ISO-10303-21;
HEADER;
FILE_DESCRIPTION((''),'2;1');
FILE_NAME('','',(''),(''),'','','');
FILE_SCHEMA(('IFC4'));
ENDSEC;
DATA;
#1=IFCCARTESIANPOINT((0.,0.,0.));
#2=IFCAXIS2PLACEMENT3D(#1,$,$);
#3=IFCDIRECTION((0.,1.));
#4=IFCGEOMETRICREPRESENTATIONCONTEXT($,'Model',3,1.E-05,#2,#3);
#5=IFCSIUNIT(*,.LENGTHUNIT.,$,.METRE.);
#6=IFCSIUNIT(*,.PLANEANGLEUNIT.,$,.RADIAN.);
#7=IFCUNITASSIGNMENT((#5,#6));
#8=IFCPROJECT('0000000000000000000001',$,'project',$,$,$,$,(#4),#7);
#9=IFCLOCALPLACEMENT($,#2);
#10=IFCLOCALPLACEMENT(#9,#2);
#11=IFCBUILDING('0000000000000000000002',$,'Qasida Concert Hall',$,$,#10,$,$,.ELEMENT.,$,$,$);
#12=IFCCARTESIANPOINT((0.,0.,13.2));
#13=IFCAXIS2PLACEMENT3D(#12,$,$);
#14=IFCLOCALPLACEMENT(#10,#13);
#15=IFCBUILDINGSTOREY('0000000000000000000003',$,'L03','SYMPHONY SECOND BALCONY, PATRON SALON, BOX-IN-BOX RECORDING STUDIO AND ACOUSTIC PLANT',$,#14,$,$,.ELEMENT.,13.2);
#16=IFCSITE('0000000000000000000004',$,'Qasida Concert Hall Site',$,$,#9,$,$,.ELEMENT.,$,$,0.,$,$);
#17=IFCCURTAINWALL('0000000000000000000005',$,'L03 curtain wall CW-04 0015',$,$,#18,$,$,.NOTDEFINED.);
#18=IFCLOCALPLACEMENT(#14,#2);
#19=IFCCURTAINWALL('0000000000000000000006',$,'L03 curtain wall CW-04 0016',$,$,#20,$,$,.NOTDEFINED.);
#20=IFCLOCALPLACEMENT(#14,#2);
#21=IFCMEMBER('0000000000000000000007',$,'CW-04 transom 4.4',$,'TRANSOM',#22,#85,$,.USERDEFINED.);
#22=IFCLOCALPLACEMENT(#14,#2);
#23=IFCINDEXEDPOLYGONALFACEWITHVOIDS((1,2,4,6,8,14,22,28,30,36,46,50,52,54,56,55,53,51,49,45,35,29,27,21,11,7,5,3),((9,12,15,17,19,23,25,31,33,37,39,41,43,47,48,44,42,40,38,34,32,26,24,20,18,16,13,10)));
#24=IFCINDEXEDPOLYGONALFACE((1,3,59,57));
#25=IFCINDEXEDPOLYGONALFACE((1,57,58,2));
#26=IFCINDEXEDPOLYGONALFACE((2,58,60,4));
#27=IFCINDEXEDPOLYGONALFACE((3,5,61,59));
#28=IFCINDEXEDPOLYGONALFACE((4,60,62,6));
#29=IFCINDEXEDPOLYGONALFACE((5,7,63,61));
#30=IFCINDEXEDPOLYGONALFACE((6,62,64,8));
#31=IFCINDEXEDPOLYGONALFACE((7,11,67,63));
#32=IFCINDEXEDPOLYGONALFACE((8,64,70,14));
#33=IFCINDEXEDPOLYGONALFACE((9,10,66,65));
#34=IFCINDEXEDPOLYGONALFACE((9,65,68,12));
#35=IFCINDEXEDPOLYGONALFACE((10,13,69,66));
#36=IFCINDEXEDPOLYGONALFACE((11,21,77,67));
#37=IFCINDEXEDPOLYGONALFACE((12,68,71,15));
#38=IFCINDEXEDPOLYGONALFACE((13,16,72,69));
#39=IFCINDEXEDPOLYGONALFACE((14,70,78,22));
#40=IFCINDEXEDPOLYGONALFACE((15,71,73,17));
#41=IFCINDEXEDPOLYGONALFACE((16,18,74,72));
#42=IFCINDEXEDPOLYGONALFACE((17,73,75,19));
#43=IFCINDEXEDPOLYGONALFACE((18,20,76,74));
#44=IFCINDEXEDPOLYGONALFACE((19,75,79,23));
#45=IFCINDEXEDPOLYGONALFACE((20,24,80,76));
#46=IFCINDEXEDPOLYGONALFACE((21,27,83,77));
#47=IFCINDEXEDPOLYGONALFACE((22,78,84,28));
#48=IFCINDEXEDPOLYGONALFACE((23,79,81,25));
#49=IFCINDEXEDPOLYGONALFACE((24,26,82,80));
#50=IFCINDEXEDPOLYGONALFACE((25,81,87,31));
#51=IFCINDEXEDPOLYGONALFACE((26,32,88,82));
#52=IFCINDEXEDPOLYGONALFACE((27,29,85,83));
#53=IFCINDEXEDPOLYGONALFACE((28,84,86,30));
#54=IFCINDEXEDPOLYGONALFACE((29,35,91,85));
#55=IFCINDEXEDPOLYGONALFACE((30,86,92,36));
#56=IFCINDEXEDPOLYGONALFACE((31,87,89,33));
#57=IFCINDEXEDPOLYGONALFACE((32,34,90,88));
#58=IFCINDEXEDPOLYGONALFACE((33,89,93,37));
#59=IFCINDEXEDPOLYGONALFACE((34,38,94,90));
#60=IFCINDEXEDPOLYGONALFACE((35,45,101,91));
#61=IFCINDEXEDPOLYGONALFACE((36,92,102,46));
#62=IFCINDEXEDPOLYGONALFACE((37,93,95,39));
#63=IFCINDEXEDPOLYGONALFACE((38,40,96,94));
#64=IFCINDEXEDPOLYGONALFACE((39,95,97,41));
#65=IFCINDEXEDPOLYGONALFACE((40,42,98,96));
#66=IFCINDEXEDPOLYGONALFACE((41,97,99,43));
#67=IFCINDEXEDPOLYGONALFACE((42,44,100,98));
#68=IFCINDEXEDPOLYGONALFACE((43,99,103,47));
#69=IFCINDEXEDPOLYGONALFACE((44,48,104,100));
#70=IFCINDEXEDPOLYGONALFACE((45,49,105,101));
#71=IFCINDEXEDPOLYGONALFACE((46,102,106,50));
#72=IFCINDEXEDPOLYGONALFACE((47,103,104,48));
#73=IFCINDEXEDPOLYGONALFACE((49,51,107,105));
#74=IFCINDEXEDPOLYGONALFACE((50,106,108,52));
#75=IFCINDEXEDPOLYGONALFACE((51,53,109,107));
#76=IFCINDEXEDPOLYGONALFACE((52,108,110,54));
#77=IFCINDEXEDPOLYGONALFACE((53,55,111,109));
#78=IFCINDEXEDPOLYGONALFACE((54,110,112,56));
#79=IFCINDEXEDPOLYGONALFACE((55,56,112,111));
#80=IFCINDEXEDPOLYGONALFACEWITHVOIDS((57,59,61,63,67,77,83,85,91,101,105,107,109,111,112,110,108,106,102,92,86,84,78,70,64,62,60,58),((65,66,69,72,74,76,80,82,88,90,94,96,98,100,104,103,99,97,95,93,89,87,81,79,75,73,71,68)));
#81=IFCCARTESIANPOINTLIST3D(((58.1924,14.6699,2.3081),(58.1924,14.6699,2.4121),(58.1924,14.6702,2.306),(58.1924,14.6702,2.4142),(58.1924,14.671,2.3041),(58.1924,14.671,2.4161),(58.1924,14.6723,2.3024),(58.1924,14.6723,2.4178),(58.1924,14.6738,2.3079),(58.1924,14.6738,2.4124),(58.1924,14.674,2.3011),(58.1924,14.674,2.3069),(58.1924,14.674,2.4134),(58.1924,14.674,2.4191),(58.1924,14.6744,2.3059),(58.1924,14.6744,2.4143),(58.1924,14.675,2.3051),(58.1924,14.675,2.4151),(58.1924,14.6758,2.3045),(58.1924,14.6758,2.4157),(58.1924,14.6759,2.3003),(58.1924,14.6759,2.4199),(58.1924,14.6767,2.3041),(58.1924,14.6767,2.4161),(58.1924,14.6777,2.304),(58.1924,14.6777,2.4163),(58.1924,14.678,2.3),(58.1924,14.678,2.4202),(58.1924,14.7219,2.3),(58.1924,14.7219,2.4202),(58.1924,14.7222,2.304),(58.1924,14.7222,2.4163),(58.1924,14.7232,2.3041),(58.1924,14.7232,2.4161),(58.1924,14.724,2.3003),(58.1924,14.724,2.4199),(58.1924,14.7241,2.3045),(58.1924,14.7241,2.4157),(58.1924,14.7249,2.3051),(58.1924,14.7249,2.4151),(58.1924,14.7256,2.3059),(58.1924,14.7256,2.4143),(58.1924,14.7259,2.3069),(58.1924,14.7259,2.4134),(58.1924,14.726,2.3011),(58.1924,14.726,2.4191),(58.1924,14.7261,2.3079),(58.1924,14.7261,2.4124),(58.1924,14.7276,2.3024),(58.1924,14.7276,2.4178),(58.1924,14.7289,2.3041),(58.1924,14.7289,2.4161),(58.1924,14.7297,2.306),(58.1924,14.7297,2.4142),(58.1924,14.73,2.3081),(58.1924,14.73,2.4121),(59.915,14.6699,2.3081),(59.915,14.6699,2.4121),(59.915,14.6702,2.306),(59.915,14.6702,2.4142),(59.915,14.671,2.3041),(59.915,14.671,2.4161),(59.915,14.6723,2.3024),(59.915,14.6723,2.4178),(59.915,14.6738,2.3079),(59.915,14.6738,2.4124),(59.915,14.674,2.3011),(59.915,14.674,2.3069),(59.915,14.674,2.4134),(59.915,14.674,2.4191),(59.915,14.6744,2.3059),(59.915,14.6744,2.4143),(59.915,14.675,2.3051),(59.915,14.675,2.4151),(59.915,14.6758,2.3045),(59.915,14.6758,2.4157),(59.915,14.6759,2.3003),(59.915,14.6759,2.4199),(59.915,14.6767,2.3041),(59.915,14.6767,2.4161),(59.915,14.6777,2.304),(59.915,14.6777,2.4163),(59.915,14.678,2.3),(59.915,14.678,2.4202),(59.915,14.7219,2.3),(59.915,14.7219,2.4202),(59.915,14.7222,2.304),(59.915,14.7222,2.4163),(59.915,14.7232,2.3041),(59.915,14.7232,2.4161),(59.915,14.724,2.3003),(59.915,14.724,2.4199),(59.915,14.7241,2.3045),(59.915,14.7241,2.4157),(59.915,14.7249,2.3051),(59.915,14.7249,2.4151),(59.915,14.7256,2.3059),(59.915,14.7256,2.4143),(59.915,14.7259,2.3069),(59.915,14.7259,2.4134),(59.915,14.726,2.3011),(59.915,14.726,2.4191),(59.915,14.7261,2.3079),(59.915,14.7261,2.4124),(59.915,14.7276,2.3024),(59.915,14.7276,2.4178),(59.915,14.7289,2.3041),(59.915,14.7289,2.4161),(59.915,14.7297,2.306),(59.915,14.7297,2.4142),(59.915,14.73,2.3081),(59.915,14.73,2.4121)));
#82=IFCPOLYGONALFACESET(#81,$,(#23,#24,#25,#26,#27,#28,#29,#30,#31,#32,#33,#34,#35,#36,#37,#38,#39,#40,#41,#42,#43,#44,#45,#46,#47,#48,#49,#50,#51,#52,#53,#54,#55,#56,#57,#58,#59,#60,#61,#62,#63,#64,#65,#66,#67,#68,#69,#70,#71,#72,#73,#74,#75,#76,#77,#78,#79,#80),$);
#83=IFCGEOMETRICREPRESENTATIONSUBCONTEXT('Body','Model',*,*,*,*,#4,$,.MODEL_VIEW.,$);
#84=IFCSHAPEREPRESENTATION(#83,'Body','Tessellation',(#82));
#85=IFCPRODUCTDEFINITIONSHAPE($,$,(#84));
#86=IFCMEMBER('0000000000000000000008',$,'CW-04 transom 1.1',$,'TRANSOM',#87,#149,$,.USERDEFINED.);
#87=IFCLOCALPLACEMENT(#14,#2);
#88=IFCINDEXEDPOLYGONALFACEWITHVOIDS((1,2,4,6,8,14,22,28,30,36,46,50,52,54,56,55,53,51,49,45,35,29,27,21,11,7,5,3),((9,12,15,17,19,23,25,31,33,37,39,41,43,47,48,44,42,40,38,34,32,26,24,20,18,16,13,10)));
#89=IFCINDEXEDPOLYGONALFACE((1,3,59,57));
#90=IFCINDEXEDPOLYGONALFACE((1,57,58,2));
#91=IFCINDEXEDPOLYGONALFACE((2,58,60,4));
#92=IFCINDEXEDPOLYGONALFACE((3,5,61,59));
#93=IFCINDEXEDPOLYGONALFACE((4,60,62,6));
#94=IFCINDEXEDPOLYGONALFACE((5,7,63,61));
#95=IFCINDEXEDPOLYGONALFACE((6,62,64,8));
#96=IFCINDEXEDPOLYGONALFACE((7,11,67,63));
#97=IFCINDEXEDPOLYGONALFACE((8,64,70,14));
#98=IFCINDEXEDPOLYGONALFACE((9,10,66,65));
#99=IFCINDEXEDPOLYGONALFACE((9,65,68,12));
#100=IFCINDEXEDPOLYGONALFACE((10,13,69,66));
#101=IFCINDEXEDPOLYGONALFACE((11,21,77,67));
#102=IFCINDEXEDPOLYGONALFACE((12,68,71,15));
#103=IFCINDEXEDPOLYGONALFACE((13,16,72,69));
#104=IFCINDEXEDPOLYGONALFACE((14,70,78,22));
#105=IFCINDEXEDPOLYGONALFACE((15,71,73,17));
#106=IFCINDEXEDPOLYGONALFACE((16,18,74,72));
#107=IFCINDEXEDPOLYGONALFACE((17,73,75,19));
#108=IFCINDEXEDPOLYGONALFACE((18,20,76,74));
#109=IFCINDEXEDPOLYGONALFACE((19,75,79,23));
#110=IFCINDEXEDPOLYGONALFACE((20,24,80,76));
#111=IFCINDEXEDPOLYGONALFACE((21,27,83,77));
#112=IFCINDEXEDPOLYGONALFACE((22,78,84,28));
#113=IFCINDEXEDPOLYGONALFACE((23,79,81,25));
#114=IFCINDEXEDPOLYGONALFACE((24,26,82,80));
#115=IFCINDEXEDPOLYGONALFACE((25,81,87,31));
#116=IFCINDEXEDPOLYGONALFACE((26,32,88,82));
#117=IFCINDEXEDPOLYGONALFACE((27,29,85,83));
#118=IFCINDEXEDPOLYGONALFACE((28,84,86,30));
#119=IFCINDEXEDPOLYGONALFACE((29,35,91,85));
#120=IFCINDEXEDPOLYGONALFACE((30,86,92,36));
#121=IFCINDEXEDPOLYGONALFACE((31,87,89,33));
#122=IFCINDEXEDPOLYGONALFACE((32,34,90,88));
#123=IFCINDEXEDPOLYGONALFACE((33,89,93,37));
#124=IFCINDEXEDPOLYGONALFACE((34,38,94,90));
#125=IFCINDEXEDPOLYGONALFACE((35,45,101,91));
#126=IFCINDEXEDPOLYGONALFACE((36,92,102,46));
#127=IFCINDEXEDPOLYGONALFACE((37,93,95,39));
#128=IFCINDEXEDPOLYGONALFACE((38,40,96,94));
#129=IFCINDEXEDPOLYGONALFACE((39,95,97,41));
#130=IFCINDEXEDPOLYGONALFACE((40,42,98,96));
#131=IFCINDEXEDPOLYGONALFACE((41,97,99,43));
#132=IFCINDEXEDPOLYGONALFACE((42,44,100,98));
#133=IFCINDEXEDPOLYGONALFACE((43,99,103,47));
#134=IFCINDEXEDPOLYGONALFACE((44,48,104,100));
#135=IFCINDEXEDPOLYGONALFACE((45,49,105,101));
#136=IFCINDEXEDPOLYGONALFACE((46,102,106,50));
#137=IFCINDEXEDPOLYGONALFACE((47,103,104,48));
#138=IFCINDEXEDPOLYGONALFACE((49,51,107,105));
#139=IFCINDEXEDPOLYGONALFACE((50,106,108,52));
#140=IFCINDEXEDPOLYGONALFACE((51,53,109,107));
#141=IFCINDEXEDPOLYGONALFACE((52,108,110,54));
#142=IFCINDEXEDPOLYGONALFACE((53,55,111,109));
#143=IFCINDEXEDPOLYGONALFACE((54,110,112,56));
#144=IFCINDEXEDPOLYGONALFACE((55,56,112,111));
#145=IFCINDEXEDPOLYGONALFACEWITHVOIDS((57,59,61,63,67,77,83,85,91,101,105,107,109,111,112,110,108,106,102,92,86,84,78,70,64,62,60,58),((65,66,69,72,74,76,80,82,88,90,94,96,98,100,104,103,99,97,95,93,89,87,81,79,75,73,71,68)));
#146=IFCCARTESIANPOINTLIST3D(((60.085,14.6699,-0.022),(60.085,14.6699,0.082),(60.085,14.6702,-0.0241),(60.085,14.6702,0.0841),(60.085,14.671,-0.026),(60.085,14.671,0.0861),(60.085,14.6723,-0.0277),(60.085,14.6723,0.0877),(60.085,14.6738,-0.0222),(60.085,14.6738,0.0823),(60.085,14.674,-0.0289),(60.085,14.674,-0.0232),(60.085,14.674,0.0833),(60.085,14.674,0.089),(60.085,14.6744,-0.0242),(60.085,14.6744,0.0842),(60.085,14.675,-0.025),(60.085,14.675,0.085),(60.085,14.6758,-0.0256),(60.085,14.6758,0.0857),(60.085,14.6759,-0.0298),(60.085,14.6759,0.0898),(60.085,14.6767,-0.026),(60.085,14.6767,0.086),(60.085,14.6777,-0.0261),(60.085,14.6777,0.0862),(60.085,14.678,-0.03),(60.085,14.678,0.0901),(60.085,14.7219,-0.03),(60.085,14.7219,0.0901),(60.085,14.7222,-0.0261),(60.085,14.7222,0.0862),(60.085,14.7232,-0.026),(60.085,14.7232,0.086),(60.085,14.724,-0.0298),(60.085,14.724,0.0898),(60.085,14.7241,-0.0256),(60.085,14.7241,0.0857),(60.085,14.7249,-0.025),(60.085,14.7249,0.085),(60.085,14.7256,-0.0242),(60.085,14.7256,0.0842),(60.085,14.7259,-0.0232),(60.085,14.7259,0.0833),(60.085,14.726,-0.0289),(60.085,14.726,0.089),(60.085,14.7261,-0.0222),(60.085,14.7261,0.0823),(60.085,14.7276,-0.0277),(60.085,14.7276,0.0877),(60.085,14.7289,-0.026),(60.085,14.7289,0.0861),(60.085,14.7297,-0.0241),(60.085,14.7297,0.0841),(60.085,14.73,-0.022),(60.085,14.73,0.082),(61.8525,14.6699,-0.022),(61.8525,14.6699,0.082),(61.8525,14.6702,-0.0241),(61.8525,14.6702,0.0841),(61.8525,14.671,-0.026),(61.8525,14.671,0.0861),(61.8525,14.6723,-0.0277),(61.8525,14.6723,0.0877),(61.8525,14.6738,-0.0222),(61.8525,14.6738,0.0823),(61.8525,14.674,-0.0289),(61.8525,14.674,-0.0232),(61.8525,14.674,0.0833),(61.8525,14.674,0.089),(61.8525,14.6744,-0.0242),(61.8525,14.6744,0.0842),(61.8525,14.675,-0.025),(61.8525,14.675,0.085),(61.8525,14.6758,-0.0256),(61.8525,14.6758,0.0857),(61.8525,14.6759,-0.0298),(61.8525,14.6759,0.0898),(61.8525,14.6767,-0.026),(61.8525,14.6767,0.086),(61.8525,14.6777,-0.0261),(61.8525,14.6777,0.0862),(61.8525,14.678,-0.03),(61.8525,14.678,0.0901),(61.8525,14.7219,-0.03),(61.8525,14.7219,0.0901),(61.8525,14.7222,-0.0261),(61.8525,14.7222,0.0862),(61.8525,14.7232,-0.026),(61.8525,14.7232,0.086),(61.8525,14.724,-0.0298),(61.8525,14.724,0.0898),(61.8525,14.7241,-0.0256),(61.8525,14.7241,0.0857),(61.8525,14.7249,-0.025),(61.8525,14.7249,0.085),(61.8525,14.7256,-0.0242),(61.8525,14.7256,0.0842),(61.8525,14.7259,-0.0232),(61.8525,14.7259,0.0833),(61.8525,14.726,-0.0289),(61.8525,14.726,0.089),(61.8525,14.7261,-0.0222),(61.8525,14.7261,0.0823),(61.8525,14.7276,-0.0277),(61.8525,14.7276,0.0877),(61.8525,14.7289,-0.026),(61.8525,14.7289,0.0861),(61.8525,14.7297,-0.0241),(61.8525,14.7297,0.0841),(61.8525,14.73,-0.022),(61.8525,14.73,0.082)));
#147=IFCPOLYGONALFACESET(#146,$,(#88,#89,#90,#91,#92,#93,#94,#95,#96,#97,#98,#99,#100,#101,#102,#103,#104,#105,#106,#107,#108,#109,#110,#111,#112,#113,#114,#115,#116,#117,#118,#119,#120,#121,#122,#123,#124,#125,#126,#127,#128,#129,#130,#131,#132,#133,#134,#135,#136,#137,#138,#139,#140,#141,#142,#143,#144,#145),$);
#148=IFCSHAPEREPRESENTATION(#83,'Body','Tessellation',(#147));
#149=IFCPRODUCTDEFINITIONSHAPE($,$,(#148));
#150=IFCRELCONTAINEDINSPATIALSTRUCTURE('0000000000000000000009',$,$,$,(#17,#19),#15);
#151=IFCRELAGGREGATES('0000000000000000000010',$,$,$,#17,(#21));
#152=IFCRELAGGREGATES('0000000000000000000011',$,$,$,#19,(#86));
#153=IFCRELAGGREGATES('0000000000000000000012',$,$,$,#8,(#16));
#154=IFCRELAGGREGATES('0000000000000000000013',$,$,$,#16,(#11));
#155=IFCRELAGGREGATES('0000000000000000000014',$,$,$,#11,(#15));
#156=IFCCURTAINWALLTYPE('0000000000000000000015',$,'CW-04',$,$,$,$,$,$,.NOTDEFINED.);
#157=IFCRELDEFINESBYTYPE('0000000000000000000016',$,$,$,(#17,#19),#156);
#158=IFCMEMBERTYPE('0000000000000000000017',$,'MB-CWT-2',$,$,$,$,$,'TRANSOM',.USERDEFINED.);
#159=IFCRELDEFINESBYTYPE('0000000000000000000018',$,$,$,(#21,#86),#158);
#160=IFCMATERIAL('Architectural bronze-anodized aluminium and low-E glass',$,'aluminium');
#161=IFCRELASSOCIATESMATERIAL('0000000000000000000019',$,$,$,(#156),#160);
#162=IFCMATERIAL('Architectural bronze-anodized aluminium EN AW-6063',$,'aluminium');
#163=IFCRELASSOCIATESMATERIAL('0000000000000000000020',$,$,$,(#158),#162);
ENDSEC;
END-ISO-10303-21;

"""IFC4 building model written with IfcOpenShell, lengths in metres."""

from ifc_helpers import new_model, si_unit, direction, frame, origin, origin_2d, place, context, subcontext, project, spatial, hollow_rectangle, extrude, material, material_profile, profile_set, type_object, element, aggregate, save


model = new_model("IFC4")

# Units and contexts
model_context = context("Model", 3, precision=1e-05, world=origin(), true_north=direction((0.0, 1.0)))
body_context = subcontext(model_context, "Body", "Model", "MODEL_VIEW")
ifc_project = project(units=[si_unit("LENGTHUNIT", "METRE"), si_unit("PLANEANGLEUNIT", "RADIAN")], contexts=[model_context])

# Site, building, storey
site_placement = place(None, origin())
site = spatial("IfcSite", under=ifc_project, at=site_placement, Name="Qasida Concert Hall Site", CompositionType="ELEMENT", RefElevation=0.0)
building_placement = place(site_placement, origin())
building = spatial("IfcBuilding", under=site, at=building_placement, Name="Qasida Concert Hall", CompositionType="ELEMENT")
storey_placement = place(building_placement, frame((0.0, 0.0, 13.2)))
storey = spatial("IfcBuildingStorey", under=building, at=storey_placement, Name="L03", Description="SYMPHONY SECOND BALCONY, PATRON SALON, BOX-IN-BOX RECORDING STUDIO AND ACOUSTIC PLANT", CompositionType="ELEMENT", Elevation=13.2)

# Curtain wall
ifc_material_1 = material(Name="Architectural bronze-anodized aluminium and low-E glass", Category="aluminium")
curtain_wall_type = type_object("IfcCurtainWallType", Name="CW-04", PredefinedType="NOTDEFINED", material=ifc_material_1)
curtain_wall_1_placement = place(storey_placement, origin())
curtain_wall_1 = element("IfcCurtainWall", 1, at=curtain_wall_1_placement, inside=storey, type_object=curtain_wall_type, Name="L03 curtain wall CW-04 0015", PredefinedType="NOTDEFINED")
ifc_material_2 = material(Name="Architectural bronze-anodized aluminium EN AW-6063", Category="aluminium")

# Curtain wall
curtain_wall_2_placement = place(storey_placement, origin())
curtain_wall_2 = element("IfcCurtainWall", 2, at=curtain_wall_2_placement, inside=storey, type_object=curtain_wall_type, Name="L03 curtain wall CW-04 0016", PredefinedType="NOTDEFINED")

# Members
ifc_material_profile_1 = material_profile(ifc_material_2, hollow_rectangle(XDim=0.0601, YDim=0.1201, WallThickness=0.0039, InnerFilletRadius=0.0039, OuterFilletRadius=0.0081, at=origin_2d()), Name="CWT 120x60x4")
ifc_profile_set_1 = profile_set([ifc_material_profile_1], Name="Architectural bronze-anodized aluminium EN AW-6063")
member_type_1 = type_object("IfcMemberType", Name="MB-CWT-2", ElementType="TRANSOM", PredefinedType="USERDEFINED", material=ifc_profile_set_1)
member_1_placement = place(storey_placement, frame((58.1924, 14.7, 2.3601), z_axis=(1.0, 0.0, 0.0), x_axis=(0.0, 1.0, 0.0)))
member_1 = element("IfcMember", 3, at=member_1_placement, type_object=member_type_1, Name="CW-04 transom 4.4", ObjectType="TRANSOM", PredefinedType="USERDEFINED", context=body_context, shape_type="SweptSolid", body=[
    extrude(hollow_rectangle(XDim=0.0601, YDim=0.1201, WallThickness=0.0039, InnerFilletRadius=0.0039, OuterFilletRadius=0.0081, at=origin_2d()), origin(), (0.0, 0.0, 1.0), 1.7227),
])
member_2_placement = place(storey_placement, frame((60.085, 14.7, 0.03), z_axis=(1.0, 0.0, 0.0), x_axis=(0.0, 1.0, 0.0)))
member_2 = element("IfcMember", 4, at=member_2_placement, type_object=member_type_1, Name="CW-04 transom 1.1", ObjectType="TRANSOM", PredefinedType="USERDEFINED", context=body_context, shape_type="SweptSolid", body=[
    extrude(hollow_rectangle(XDim=0.0601, YDim=0.1201, WallThickness=0.0039, InnerFilletRadius=0.0039, OuterFilletRadius=0.0081, at=origin_2d()), origin(), (0.0, 0.0, 1.0), 1.7676),
])

aggregate(curtain_wall_1, [member_1])
aggregate(curtain_wall_2, [member_2])

save(model, "model.ifc")
